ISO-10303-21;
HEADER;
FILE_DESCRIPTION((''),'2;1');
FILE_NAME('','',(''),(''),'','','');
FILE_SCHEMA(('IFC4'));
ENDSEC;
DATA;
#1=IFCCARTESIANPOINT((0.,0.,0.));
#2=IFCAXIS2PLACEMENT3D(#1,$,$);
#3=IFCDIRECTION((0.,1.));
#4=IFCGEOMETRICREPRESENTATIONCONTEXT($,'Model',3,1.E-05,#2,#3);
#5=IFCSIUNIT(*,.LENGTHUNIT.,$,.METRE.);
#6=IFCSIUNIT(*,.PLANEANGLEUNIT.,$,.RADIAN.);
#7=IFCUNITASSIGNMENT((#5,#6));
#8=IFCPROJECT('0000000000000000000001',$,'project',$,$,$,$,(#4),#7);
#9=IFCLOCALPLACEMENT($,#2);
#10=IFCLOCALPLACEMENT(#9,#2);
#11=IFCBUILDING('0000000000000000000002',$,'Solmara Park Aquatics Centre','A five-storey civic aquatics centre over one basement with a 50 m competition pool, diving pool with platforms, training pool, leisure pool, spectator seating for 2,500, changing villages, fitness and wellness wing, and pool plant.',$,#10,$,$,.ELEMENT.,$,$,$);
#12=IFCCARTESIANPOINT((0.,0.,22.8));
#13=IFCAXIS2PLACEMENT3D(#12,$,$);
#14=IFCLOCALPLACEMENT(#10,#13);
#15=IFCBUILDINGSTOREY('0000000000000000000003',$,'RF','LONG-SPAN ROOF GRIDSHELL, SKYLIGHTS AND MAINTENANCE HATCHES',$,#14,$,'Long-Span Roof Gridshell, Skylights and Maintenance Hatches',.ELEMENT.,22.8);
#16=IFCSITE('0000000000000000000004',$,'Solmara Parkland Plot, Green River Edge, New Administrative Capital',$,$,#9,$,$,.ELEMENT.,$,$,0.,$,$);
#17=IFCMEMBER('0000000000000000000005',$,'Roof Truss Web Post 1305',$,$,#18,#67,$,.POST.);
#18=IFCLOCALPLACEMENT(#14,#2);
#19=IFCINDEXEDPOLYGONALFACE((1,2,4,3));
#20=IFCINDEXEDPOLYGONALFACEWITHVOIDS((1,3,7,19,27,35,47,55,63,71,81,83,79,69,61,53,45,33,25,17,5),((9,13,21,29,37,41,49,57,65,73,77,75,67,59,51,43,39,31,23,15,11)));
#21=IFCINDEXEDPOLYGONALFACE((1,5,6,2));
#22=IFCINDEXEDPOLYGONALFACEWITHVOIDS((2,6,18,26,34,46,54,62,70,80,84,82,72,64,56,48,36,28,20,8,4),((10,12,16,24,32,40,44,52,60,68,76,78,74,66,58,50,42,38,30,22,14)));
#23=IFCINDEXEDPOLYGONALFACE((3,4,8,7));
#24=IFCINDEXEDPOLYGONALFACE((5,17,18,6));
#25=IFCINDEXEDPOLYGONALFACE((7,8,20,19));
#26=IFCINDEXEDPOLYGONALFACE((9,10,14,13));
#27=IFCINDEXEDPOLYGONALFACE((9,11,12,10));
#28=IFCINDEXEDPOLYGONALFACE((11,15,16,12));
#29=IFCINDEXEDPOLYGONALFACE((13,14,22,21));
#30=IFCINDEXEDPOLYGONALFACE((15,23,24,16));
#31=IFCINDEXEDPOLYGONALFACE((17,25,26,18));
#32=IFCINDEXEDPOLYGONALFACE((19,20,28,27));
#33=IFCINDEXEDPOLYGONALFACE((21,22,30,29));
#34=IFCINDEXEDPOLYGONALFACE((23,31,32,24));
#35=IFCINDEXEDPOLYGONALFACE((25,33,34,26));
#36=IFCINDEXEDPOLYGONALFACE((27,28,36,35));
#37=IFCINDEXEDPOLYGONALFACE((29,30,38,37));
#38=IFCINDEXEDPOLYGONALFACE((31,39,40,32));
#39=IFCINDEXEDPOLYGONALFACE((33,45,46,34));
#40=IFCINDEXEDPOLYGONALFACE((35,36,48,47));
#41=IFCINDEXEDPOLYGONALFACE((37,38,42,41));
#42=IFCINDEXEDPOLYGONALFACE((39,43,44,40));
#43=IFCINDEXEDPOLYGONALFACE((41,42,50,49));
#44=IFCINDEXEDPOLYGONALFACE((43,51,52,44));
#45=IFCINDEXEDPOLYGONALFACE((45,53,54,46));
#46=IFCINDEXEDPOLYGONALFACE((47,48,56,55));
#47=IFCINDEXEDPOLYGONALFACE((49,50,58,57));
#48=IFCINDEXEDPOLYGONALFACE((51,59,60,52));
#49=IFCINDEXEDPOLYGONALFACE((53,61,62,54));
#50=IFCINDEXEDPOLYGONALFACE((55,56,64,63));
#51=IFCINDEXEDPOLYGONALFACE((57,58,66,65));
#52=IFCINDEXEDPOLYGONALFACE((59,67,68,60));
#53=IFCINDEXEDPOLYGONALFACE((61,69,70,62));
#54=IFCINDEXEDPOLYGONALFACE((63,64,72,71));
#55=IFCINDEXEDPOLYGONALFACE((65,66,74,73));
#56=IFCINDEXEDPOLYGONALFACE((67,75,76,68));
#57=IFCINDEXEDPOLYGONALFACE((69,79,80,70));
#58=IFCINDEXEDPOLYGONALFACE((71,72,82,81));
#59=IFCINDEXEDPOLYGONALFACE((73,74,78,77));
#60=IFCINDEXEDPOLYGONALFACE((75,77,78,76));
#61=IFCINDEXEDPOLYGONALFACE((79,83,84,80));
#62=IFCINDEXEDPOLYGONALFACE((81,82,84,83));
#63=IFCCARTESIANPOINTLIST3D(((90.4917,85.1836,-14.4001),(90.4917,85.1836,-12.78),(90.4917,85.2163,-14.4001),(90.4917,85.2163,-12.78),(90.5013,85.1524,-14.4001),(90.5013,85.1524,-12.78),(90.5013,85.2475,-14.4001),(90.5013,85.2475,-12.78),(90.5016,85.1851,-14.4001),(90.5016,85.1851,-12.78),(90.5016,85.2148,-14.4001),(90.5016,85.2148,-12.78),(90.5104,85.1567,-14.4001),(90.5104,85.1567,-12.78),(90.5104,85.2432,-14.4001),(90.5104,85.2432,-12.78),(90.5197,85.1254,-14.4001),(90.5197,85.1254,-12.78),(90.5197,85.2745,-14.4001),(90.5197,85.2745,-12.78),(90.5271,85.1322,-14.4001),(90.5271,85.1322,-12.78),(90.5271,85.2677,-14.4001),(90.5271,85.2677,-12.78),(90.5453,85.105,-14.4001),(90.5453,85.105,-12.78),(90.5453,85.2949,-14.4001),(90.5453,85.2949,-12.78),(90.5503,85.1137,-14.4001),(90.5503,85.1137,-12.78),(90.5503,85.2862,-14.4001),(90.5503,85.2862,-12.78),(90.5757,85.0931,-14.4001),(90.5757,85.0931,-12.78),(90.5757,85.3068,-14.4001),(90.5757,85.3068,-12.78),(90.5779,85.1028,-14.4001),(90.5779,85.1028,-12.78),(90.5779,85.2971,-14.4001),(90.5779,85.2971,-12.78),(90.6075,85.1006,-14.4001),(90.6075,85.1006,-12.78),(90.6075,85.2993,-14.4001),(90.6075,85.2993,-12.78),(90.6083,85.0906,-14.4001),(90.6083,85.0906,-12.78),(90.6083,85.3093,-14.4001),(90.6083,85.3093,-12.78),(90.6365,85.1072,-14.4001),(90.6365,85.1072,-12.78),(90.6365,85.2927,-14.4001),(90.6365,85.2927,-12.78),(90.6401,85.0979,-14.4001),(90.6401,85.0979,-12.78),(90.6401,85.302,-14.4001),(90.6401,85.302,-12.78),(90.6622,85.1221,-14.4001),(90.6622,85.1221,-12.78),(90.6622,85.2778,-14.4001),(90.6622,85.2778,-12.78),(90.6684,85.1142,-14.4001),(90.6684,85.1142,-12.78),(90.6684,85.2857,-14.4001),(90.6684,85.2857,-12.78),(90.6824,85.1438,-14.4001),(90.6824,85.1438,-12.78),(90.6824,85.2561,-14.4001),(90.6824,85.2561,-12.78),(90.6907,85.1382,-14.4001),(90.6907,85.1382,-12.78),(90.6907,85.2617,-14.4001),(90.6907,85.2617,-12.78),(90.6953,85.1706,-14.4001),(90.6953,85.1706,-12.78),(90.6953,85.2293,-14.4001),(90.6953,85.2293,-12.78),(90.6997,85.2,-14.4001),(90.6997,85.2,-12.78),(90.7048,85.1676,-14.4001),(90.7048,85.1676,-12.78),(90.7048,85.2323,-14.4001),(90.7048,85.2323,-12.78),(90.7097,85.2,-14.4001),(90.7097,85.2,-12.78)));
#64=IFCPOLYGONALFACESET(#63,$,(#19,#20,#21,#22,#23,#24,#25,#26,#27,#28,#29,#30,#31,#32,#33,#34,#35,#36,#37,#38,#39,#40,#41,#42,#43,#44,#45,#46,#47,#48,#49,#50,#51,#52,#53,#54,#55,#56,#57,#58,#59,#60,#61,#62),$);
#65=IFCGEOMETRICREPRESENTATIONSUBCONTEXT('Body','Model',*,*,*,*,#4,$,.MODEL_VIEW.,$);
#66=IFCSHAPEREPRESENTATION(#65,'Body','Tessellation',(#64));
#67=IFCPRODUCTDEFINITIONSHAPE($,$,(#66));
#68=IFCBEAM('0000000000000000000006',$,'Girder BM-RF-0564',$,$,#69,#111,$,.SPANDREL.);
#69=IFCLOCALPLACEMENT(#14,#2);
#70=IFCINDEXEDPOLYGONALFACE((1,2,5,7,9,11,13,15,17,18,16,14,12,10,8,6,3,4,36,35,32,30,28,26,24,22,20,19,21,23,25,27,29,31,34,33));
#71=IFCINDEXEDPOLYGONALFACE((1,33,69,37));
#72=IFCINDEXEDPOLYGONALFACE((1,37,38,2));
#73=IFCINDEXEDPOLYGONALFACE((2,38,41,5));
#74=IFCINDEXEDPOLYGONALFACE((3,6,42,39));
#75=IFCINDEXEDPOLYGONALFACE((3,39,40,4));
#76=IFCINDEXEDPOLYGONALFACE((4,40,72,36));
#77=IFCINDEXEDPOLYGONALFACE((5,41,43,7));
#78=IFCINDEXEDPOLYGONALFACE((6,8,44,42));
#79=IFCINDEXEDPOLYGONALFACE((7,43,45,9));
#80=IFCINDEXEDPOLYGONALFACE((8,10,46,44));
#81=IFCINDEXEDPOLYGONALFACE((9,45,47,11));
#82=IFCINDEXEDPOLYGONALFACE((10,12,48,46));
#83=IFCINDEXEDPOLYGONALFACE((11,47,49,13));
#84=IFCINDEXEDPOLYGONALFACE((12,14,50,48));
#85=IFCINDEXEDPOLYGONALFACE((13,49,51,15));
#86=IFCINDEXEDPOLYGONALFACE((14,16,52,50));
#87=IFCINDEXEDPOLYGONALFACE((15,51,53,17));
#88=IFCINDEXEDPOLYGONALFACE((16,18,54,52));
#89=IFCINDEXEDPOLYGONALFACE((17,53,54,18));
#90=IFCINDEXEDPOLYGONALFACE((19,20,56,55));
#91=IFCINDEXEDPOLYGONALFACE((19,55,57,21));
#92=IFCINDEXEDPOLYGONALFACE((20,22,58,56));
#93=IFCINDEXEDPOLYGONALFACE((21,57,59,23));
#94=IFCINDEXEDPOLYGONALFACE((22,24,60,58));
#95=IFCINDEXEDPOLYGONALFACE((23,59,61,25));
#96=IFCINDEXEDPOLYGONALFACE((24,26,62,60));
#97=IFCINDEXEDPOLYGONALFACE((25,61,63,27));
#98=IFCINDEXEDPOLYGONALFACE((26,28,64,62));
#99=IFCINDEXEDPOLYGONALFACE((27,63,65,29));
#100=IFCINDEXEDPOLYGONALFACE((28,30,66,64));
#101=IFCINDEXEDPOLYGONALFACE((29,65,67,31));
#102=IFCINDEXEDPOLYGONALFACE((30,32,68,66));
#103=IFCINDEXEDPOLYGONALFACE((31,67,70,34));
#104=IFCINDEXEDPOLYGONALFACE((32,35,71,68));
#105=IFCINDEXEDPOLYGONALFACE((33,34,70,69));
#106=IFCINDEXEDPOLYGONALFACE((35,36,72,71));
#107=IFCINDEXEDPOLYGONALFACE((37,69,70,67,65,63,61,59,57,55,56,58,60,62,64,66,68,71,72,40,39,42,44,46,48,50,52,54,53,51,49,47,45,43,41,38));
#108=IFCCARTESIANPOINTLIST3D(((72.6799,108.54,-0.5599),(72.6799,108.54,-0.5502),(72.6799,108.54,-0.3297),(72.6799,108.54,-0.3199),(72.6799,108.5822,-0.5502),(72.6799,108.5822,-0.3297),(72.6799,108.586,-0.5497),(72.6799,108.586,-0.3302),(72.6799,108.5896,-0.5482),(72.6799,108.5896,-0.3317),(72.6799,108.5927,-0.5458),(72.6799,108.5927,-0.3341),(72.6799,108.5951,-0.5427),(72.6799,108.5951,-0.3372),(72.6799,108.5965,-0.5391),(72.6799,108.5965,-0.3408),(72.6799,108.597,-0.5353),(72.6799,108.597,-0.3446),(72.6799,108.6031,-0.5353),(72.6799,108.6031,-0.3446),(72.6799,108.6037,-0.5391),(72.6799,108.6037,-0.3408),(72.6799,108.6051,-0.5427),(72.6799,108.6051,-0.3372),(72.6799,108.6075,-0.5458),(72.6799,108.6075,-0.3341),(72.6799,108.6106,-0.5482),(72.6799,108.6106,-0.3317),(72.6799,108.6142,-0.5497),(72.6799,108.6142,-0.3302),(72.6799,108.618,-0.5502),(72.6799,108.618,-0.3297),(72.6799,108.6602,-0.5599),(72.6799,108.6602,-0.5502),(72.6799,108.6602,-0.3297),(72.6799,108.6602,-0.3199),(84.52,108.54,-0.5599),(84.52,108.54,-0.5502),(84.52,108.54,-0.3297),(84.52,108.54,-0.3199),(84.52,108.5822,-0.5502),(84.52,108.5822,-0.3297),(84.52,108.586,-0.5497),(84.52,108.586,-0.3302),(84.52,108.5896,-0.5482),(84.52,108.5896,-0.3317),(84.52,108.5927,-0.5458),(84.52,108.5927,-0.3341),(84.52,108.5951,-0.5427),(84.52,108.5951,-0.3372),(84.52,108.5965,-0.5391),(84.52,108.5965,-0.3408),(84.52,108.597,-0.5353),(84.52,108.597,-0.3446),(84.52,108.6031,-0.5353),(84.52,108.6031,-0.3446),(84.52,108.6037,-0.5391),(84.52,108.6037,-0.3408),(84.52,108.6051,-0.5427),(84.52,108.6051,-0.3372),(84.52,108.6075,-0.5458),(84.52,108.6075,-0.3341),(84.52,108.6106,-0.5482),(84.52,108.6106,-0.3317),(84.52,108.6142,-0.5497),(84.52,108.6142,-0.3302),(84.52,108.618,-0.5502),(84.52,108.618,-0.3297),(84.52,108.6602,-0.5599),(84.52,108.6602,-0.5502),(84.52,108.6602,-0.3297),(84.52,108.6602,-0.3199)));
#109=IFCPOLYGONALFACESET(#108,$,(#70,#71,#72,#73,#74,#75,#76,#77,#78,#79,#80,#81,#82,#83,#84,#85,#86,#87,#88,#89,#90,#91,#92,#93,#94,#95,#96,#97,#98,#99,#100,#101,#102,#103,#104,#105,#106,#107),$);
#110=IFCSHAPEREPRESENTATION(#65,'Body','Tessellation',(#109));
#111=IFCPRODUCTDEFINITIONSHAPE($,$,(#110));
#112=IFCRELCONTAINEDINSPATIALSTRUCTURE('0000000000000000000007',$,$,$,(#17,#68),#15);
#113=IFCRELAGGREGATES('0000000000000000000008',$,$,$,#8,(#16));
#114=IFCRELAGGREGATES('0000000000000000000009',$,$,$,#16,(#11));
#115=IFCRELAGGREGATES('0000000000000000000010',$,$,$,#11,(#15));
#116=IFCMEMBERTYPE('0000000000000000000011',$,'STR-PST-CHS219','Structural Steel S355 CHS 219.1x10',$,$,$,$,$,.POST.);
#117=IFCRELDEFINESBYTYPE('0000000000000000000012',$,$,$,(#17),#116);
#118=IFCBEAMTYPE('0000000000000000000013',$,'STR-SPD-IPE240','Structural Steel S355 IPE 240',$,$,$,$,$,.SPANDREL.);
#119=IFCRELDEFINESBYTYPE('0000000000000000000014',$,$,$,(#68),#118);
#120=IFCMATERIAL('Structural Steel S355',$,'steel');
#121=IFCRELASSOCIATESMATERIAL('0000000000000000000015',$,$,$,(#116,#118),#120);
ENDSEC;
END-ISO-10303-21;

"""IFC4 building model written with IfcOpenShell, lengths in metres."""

from ifc_helpers import new_model, si_unit, direction, frame, origin, origin_2d, place, context, subcontext, project, spatial, hollow_circle, i_section, extrude, material, material_profile, profile_set, type_object, element, save


model = new_model("IFC4")

# Units and contexts
model_context = context("Model", 3, precision=1e-05, world=origin(), true_north=direction((0.0, 1.0)))
body_context = subcontext(model_context, "Body", "Model", "MODEL_VIEW")
ifc_project = project(units=[si_unit("LENGTHUNIT", "METRE"), si_unit("PLANEANGLEUNIT", "RADIAN")], contexts=[model_context])

# Site, building, storey
site_placement = place(None, origin())
site = spatial("IfcSite", under=ifc_project, at=site_placement, Name="Solmara Parkland Plot, Green River Edge, New Administrative Capital", CompositionType="ELEMENT", RefElevation=0.0)
building_placement = place(site_placement, origin())
building = spatial("IfcBuilding", under=site, at=building_placement, Name="Solmara Park Aquatics Centre", Description="A five-storey civic aquatics centre over one basement with a 50 m competition pool, diving pool with platforms, training pool, leisure pool, spectator seating for 2,500, changing villages, fitness and wellness wing, and pool plant.", CompositionType="ELEMENT")
storey_placement = place(building_placement, frame((0.0, 0.0, 22.8)))
storey = spatial("IfcBuildingStorey", under=building, at=storey_placement, Name="RF", Description="LONG-SPAN ROOF GRIDSHELL, SKYLIGHTS AND MAINTENANCE HATCHES", LongName="Long-Span Roof Gridshell, Skylights and Maintenance Hatches", CompositionType="ELEMENT", Elevation=22.8)

# Shared definitions
ifc_material_1 = material(Name="Structural Steel S355", Category="steel")

# Member
ifc_material_profile_1 = material_profile(ifc_material_1, hollow_circle(Radius=0.1096, WallThickness=0.01, at=origin_2d()), Name="CHS 219.1x10")
ifc_profile_set_1 = profile_set([ifc_material_profile_1], Name="Structural Steel S355")
member_type_1 = type_object("IfcMemberType", Name="STR-PST-CHS219", Description="Structural Steel S355 CHS 219.1x10", PredefinedType="POST", material=ifc_profile_set_1)
member_1_placement = place(storey_placement, frame((90.6001, 85.2, -14.4001), z_axis=(0.0, 0.0, 1.0), x_axis=(1.0, 0.0, 0.0)))
element("IfcMember", 1, at=member_1_placement, inside=storey, type_object=member_type_1, Name="Roof Truss Web Post 1305", PredefinedType="POST", context=body_context, shape_type="SweptSolid", body=[
    extrude(hollow_circle(Radius=0.1096, WallThickness=0.01, at=origin_2d()), origin(), (0.0, 0.0, 1.0), 1.6201),
])

# Beam
ifc_material_profile_2 = material_profile(ifc_material_1, i_section(OverallWidth=0.1201, OverallDepth=0.24, WebThickness=0.0061, FlangeThickness=0.0098, FilletRadius=0.0149, at=origin_2d()), Name="IPE 240")
ifc_profile_set_2 = profile_set([ifc_material_profile_2], Name="Structural Steel S355")
beam_type_1 = type_object("IfcBeamType", Name="STR-SPD-IPE240", Description="Structural Steel S355 IPE 240", PredefinedType="SPANDREL", material=ifc_profile_set_2)
beam_1_placement = place(storey_placement, frame((72.6799, 108.6001, -0.4399), z_axis=(1.0, 0.0, 0.0), x_axis=(0.0, 1.0, 0.0)))
element("IfcBeam", 2, at=beam_1_placement, inside=storey, type_object=beam_type_1, Name="Girder BM-RF-0564", PredefinedType="SPANDREL", context=body_context, shape_type="SweptSolid", body=[
    extrude(i_section(OverallWidth=0.1201, OverallDepth=0.24, WebThickness=0.0061, FlangeThickness=0.0098, FilletRadius=0.0149, at=origin_2d()), origin(), (0.0, 0.0, 1.0), 11.8401),
])

save(model, "model.ifc")
